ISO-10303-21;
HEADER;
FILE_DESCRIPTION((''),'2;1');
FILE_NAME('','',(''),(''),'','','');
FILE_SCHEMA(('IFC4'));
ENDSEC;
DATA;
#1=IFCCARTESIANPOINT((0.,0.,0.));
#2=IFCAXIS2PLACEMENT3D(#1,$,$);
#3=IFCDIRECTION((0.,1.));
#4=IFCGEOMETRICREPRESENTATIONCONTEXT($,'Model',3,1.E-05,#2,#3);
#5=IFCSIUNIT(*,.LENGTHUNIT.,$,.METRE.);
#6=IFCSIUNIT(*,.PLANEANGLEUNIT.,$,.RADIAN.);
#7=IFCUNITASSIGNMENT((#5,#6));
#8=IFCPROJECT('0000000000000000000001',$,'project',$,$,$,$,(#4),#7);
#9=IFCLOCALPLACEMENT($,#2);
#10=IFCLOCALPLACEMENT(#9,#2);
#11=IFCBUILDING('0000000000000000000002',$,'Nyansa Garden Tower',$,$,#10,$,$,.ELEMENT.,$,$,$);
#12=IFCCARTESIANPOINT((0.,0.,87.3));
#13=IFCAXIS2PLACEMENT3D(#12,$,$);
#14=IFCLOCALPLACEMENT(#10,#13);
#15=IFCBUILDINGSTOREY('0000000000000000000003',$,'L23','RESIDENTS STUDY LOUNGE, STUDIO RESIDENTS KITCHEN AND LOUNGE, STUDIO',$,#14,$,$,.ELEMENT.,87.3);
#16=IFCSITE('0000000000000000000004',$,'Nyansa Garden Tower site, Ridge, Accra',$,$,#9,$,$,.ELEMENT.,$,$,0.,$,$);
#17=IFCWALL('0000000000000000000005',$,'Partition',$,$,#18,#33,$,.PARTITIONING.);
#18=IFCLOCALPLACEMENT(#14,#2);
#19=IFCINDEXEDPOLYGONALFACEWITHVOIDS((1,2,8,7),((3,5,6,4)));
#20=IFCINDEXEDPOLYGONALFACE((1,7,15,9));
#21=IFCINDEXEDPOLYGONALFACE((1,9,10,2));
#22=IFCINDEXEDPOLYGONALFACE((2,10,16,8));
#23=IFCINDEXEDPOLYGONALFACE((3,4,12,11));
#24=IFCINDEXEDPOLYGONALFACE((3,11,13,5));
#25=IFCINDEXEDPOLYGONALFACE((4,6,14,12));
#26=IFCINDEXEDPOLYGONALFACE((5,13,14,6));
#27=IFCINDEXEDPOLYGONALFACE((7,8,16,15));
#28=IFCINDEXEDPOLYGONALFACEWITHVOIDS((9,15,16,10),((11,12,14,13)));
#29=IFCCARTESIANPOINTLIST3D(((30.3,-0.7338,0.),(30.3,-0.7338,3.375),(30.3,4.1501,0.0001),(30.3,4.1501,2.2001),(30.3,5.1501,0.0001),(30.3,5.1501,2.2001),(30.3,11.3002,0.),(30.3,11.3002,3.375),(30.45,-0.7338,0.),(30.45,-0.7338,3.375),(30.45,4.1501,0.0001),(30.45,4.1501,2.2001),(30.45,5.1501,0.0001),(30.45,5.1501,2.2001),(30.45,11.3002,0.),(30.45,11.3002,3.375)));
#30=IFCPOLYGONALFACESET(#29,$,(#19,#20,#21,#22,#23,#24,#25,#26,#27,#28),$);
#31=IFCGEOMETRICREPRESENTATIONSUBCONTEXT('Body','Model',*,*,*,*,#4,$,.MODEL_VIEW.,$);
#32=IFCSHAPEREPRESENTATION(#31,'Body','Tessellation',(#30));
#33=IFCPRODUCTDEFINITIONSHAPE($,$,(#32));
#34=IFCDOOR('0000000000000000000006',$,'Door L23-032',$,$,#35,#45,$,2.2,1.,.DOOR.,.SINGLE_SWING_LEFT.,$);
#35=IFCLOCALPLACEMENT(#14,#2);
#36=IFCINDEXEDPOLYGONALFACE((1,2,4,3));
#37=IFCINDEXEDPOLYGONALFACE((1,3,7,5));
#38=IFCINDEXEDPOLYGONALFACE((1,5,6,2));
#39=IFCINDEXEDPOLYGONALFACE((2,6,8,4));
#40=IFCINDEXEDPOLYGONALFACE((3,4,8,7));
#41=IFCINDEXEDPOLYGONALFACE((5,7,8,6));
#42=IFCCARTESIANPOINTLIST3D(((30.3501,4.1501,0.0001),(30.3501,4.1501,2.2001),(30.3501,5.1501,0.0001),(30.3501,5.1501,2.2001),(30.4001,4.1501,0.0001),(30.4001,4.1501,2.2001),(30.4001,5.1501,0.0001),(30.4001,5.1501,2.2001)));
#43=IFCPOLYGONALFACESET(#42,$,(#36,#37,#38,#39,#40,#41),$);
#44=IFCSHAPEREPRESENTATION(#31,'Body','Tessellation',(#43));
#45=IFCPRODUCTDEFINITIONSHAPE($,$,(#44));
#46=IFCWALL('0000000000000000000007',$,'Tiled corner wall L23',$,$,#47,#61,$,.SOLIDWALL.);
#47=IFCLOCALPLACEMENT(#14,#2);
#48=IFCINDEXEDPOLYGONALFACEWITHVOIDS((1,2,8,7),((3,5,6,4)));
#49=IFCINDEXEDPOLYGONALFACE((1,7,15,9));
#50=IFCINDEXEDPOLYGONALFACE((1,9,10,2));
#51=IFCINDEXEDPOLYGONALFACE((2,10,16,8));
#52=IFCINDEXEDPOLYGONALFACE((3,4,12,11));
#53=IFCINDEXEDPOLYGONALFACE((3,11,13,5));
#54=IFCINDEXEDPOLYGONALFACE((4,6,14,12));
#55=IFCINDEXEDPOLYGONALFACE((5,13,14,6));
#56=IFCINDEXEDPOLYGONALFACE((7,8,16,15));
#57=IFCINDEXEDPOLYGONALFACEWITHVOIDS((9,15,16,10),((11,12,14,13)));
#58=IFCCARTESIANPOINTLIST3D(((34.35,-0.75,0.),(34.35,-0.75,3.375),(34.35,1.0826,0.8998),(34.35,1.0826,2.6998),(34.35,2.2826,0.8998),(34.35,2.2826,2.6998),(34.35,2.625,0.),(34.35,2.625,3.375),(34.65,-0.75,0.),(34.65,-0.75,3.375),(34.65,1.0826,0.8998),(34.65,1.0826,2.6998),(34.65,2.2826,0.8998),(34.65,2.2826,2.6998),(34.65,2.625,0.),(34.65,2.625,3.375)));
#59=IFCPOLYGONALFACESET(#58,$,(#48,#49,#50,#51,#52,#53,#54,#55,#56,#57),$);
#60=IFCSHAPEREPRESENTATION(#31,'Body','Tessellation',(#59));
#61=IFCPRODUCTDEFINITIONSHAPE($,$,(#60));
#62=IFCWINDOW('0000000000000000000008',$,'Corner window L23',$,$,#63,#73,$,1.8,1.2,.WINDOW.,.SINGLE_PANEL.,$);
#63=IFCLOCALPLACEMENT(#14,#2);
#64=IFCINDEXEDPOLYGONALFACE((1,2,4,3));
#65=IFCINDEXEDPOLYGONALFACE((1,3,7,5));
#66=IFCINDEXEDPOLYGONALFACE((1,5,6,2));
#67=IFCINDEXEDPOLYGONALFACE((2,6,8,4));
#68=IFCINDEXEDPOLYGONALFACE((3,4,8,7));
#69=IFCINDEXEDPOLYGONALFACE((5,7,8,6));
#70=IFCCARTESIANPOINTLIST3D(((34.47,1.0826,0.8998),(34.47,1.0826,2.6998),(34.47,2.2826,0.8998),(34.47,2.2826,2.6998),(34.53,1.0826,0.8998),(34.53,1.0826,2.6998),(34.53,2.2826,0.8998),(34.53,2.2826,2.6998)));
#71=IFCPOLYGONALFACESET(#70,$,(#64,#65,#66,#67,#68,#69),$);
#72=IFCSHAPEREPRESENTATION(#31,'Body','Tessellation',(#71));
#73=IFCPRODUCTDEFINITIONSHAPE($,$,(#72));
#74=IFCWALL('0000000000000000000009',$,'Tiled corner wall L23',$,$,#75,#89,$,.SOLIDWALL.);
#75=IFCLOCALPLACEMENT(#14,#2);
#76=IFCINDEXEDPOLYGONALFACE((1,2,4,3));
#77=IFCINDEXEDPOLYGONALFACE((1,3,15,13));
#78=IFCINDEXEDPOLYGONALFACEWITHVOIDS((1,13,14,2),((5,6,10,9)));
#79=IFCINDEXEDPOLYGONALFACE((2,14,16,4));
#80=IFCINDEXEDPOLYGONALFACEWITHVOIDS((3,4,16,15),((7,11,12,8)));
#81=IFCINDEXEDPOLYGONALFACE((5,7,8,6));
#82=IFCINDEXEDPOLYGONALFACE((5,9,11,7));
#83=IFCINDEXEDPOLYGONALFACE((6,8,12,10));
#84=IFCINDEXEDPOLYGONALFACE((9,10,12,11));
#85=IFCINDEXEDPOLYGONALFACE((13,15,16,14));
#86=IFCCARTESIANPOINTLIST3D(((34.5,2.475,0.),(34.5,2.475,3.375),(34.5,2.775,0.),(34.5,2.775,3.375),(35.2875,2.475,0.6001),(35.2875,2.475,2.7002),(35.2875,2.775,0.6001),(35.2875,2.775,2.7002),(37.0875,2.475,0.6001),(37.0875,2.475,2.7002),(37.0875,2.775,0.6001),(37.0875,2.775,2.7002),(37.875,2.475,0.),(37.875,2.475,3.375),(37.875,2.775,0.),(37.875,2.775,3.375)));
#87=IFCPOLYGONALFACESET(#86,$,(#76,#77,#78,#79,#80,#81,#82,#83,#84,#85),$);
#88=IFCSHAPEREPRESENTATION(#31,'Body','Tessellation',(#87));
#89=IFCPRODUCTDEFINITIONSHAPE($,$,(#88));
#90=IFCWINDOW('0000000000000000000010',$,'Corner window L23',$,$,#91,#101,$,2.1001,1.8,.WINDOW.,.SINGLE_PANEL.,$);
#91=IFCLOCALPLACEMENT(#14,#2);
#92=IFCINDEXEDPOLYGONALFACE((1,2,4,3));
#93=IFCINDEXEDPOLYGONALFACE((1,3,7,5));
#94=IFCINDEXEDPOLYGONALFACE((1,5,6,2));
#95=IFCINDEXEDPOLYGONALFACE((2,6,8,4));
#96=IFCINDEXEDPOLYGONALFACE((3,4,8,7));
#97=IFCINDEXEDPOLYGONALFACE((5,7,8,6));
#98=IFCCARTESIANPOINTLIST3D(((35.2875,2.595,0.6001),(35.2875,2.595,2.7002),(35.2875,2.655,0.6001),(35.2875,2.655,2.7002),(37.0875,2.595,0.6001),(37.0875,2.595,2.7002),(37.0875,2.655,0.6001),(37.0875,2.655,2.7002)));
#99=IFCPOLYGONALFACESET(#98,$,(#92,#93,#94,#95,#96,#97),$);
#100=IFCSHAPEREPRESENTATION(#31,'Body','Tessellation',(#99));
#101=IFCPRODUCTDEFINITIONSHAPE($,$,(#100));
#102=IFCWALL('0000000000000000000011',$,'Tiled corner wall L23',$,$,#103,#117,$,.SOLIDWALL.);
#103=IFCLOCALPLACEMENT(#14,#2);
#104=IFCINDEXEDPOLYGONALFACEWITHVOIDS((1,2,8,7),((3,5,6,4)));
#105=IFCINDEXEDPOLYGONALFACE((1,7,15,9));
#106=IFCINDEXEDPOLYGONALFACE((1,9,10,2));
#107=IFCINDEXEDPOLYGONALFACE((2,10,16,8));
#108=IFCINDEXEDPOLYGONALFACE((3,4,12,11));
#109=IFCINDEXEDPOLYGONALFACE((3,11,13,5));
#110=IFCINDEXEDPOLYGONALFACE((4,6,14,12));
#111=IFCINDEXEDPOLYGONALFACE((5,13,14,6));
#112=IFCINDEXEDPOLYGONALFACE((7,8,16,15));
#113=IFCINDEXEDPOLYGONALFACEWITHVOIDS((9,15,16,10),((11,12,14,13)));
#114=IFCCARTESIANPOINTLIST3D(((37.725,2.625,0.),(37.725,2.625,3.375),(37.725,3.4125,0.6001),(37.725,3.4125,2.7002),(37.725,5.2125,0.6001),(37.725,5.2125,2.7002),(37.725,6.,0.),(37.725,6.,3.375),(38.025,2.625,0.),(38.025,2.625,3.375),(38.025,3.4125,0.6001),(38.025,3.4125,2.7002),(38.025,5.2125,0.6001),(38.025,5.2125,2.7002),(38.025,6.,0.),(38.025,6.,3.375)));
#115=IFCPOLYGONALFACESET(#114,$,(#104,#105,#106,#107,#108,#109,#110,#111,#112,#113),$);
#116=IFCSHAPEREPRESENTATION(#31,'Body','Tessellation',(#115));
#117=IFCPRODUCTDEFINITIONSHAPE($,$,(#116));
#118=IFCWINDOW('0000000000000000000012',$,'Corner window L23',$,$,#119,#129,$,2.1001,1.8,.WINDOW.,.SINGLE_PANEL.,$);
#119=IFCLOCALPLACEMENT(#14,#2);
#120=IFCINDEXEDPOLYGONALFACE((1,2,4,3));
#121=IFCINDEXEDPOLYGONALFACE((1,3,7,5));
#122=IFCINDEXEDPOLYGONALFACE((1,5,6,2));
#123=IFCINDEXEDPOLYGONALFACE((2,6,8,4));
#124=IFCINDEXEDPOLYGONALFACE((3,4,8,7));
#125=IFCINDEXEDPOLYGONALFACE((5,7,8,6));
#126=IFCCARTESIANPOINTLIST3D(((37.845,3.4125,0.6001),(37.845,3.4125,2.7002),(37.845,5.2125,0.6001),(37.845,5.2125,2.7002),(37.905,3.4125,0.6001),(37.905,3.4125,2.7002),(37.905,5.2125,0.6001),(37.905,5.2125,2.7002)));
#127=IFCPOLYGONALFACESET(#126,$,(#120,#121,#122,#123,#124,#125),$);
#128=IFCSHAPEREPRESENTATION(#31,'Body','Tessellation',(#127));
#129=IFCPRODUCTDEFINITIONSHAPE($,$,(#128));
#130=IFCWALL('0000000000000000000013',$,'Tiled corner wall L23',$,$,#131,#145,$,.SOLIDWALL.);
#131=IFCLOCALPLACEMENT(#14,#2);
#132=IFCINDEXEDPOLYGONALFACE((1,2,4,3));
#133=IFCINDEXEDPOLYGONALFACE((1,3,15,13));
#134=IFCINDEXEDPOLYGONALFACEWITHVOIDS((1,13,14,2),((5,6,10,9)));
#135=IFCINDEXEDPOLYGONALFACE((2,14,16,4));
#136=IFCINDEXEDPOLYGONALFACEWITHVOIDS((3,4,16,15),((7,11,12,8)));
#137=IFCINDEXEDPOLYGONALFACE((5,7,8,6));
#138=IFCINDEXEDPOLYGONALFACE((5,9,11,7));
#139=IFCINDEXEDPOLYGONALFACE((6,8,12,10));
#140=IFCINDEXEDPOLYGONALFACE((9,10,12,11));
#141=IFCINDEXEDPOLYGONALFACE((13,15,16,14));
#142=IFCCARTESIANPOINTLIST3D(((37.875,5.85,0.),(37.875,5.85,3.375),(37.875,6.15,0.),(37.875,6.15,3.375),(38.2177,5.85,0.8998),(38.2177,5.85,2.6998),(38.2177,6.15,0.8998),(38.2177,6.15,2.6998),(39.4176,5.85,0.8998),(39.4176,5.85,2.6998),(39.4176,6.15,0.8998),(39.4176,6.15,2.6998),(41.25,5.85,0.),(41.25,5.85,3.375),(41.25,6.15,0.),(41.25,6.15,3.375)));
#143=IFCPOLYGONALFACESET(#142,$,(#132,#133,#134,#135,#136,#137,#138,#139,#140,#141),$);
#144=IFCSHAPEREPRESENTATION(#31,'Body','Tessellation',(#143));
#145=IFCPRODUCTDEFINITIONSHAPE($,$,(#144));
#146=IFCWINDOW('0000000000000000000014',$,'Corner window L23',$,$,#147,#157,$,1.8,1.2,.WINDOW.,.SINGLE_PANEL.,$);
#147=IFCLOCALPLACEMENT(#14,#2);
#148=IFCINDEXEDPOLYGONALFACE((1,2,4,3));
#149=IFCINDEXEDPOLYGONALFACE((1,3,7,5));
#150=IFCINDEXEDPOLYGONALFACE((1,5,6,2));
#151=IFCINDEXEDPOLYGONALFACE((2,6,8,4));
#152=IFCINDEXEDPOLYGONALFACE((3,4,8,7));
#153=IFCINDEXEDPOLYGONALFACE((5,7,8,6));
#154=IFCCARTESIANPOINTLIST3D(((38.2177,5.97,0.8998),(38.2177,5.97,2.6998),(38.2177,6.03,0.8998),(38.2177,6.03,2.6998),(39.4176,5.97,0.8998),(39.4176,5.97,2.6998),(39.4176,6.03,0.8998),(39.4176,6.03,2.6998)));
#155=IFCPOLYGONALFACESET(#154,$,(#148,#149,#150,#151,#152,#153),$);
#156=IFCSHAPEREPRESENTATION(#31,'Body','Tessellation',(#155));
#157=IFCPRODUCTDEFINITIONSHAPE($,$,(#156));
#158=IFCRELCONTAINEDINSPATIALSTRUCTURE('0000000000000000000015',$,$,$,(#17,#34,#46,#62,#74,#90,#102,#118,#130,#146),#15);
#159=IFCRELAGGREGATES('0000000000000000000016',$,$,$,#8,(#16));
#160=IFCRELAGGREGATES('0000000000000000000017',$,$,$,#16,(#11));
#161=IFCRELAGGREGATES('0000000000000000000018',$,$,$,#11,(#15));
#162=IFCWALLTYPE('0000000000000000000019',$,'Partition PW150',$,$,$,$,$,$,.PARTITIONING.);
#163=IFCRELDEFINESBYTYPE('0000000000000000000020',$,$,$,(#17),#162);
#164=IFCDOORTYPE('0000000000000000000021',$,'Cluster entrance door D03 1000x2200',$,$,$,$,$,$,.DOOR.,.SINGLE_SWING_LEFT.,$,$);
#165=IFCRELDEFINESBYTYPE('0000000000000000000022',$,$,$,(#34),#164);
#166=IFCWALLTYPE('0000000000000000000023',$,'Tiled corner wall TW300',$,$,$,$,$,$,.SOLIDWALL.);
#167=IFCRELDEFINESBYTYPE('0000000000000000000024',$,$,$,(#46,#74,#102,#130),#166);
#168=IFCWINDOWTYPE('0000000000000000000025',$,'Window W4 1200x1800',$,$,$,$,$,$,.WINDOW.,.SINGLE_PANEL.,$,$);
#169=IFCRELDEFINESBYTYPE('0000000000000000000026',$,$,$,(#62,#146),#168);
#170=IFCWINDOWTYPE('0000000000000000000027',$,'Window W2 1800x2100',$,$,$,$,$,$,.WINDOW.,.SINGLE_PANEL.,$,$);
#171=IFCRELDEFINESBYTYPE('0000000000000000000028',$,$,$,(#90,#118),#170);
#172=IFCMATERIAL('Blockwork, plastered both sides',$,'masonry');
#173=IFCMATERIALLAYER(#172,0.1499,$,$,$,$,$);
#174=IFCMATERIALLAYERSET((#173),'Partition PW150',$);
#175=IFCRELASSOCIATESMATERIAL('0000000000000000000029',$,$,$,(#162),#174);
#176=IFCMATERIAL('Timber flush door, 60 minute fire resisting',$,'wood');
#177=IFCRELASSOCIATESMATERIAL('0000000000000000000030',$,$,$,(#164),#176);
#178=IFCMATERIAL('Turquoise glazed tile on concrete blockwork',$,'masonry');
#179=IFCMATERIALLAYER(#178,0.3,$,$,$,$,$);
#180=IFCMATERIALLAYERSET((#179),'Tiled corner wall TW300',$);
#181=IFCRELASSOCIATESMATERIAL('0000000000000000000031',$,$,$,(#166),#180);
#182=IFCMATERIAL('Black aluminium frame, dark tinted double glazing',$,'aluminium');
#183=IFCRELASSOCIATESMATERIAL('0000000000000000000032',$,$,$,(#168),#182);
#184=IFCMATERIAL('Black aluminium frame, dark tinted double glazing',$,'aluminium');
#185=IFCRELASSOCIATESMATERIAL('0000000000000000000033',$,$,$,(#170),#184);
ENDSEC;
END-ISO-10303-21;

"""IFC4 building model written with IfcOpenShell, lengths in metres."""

from ifc_helpers import new_model, si_unit, direction, frame, frame_2d, origin, place, context, subcontext, project, spatial, rectangle, extrude, material, layer, layer_set, type_object, element, fill, save


model = new_model("IFC4")

# Units and contexts
model_context = context("Model", 3, precision=1e-05, world=origin(), true_north=direction((0.0, 1.0)))
body_context = subcontext(model_context, "Body", "Model", "MODEL_VIEW")
ifc_project = project(units=[si_unit("LENGTHUNIT", "METRE"), si_unit("PLANEANGLEUNIT", "RADIAN")], contexts=[model_context])

# Site, building, storey
site_placement = place(None, origin())
site = spatial("IfcSite", under=ifc_project, at=site_placement, Name="Nyansa Garden Tower site, Ridge, Accra", CompositionType="ELEMENT", RefElevation=0.0)
building_placement = place(site_placement, origin())
building = spatial("IfcBuilding", under=site, at=building_placement, Name="Nyansa Garden Tower", CompositionType="ELEMENT")
storey_placement = place(building_placement, frame((0.0, 0.0, 87.3)))
storey = spatial("IfcBuildingStorey", under=building, at=storey_placement, Name="L23", Description="RESIDENTS STUDY LOUNGE, STUDIO RESIDENTS KITCHEN AND LOUNGE, STUDIO", CompositionType="ELEMENT", Elevation=87.3)

# Shared definitions
ifc_material_1 = material(Name="Blockwork, plastered both sides", Category="masonry")
ifc_layer_1 = layer(ifc_material_1, 0.1499)
ifc_layer_set_1 = layer_set([ifc_layer_1], Name="Partition PW150")
wall_type_1 = type_object("IfcWallType", Name="Partition PW150", PredefinedType="PARTITIONING", material=ifc_layer_set_1)

# Wall, opening, door
wall_1_placement = place(storey_placement, frame((30.375, -0.7339, 0.0), z_axis=(0.0, 0.0, 1.0), x_axis=(0.0, 1.0, 0.0)))
wall_1 = element("IfcWall", 1, at=wall_1_placement, inside=storey, type_object=wall_type_1, Name="Partition", PredefinedType="PARTITIONING", context=body_context, shape_type="SweptSolid", body=[
    extrude(rectangle(XDim=12.0339, YDim=0.1499, at=frame_2d((6.0171, 0.0))), origin(), (0.0, 0.0, 1.0), 3.375),
])
opening_1_placement = place(wall_1_placement, frame((4.884, 0.0, 0.0)))
opening_1 = element("IfcOpeningElement", 2, at=opening_1_placement, cuts=wall_1, PredefinedType="OPENING", context=body_context, shape_type="SweptSolid", body=[
    extrude(rectangle(XDim=1.0, YDim=2.2, at=frame_2d((0.5, 1.1001))), frame((0.0, 0.085, 0.0), z_axis=(0.0, -1.0, 0.0), x_axis=(1.0, 0.0, 0.0)), (0.0, 0.0, 1.0), 0.1699),
])
ifc_material_2 = material(Name="Timber flush door, 60 minute fire resisting", Category="wood")
door_type_1 = type_object("IfcDoorType", Name="Cluster entrance door D03 1000x2200", OperationType="SINGLE_SWING_LEFT", PredefinedType="DOOR", material=ifc_material_2)
door_1_placement = place(opening_1_placement, origin())
door_1 = element("IfcDoor", 3, at=door_1_placement, inside=storey, type_object=door_type_1, Name="Door L23-032", OperationType="SINGLE_SWING_LEFT", OverallHeight=2.2, OverallWidth=1.0, PredefinedType="DOOR", context=body_context, shape_type="SweptSolid", body=[
    extrude(rectangle(XDim=1.0, YDim=2.2, at=frame_2d((0.5, 1.1001))), frame((0.0, 0.0249, 0.0), z_axis=(0.0, -1.0, 0.0), x_axis=(1.0, 0.0, 0.0)), (0.0, 0.0, 1.0), 0.05),
])
fill(opening_1, door_1)

# Walls, openings, windows
ifc_material_3 = material(Name="Turquoise glazed tile on concrete blockwork", Category="masonry")
ifc_layer_2 = layer(ifc_material_3, 0.3)
ifc_layer_set_2 = layer_set([ifc_layer_2], Name="Tiled corner wall TW300")
wall_type_2 = type_object("IfcWallType", Name="Tiled corner wall TW300", PredefinedType="SOLIDWALL", material=ifc_layer_set_2)
wall_2_placement = place(storey_placement, frame((34.5, -0.75, 0.0), z_axis=(0.0, 0.0, 1.0), x_axis=(0.0, 1.0, 0.0)))
wall_2 = element("IfcWall", 4, at=wall_2_placement, inside=storey, type_object=wall_type_2, Name="Tiled corner wall L23", PredefinedType="SOLIDWALL", context=body_context, shape_type="SweptSolid", body=[
    extrude(rectangle(XDim=3.375, YDim=0.3, at=frame_2d((1.6875, 0.0))), origin(), (0.0, 0.0, 1.0), 3.375),
])
opening_2_placement = place(wall_2_placement, frame((1.8325, 0.0, 0.8999)))
opening_2 = element("IfcOpeningElement", 5, at=opening_2_placement, cuts=wall_2, PredefinedType="OPENING", context=body_context, shape_type="SweptSolid", body=[
    extrude(rectangle(XDim=1.2, YDim=1.8, at=frame_2d((0.6001, 0.8999))), frame((0.0, 0.1599, 0.0), z_axis=(0.0, -1.0, 0.0), x_axis=(1.0, 0.0, 0.0)), (0.0, 0.0, 1.0), 0.3201),
])
ifc_material_4 = material(Name="Black aluminium frame, dark tinted double glazing", Category="aluminium")
window_type_1 = type_object("IfcWindowType", Name="Window W4 1200x1800", PartitioningType="SINGLE_PANEL", PredefinedType="WINDOW", material=ifc_material_4)
window_1_placement = place(opening_2_placement, origin())
window_1 = element("IfcWindow", 6, at=window_1_placement, inside=storey, type_object=window_type_1, Name="Corner window L23", OverallHeight=1.8, OverallWidth=1.2, PartitioningType="SINGLE_PANEL", PredefinedType="WINDOW", context=body_context, shape_type="SweptSolid", body=[
    extrude(rectangle(XDim=1.2, YDim=1.8, at=frame_2d((0.6001, 0.8999))), frame((0.0, 0.03, 0.0), z_axis=(0.0, -1.0, 0.0), x_axis=(1.0, 0.0, 0.0)), (0.0, 0.0, 1.0), 0.0601),
])
fill(opening_2, window_1)
wall_3_placement = place(storey_placement, frame((34.5, 2.625, 0.0), z_axis=(0.0, 0.0, 1.0), x_axis=(1.0, 0.0, 0.0)))
wall_3 = element("IfcWall", 7, at=wall_3_placement, inside=storey, type_object=wall_type_2, Name="Tiled corner wall L23", PredefinedType="SOLIDWALL", context=body_context, shape_type="SweptSolid", body=[
    extrude(rectangle(XDim=3.375, YDim=0.3, at=frame_2d((1.6875, 0.0))), origin(), (0.0, 0.0, 1.0), 3.375),
])
opening_3_placement = place(wall_3_placement, frame((0.7876, 0.0, 0.6001)))
opening_3 = element("IfcOpeningElement", 8, at=opening_3_placement, cuts=wall_3, PredefinedType="OPENING", context=body_context, shape_type="SweptSolid", body=[
    extrude(rectangle(XDim=1.8, YDim=2.1001, at=frame_2d((0.8999, 1.05))), frame((0.0, 0.1599, 0.0), z_axis=(0.0, -1.0, 0.0), x_axis=(1.0, 0.0, 0.0)), (0.0, 0.0, 1.0), 0.3201),
])
ifc_material_5 = material(Name="Black aluminium frame, dark tinted double glazing", Category="aluminium")
window_type_2 = type_object("IfcWindowType", Name="Window W2 1800x2100", PartitioningType="SINGLE_PANEL", PredefinedType="WINDOW", material=ifc_material_5)
window_2_placement = place(opening_3_placement, origin())
window_2 = element("IfcWindow", 9, at=window_2_placement, inside=storey, type_object=window_type_2, Name="Corner window L23", OverallHeight=2.1001, OverallWidth=1.8, PartitioningType="SINGLE_PANEL", PredefinedType="WINDOW", context=body_context, shape_type="SweptSolid", body=[
    extrude(rectangle(XDim=1.8, YDim=2.1001, at=frame_2d((0.8999, 1.05))), frame((0.0, 0.03, 0.0), z_axis=(0.0, -1.0, 0.0), x_axis=(1.0, 0.0, 0.0)), (0.0, 0.0, 1.0), 0.0601),
])
fill(opening_3, window_2)
wall_4_placement = place(storey_placement, frame((37.875, 2.625, 0.0), z_axis=(0.0, 0.0, 1.0), x_axis=(0.0, 1.0, 0.0)))
wall_4 = element("IfcWall", 10, at=wall_4_placement, inside=storey, type_object=wall_type_2, Name="Tiled corner wall L23", PredefinedType="SOLIDWALL", context=body_context, shape_type="SweptSolid", body=[
    extrude(rectangle(XDim=3.375, YDim=0.3, at=frame_2d((1.6875, 0.0))), origin(), (0.0, 0.0, 1.0), 3.375),
])
opening_4_placement = place(wall_4_placement, frame((0.7876, 0.0, 0.6001)))
opening_4 = element("IfcOpeningElement", 11, at=opening_4_placement, cuts=wall_4, PredefinedType="OPENING", context=body_context, shape_type="SweptSolid", body=[
    extrude(rectangle(XDim=1.8, YDim=2.1001, at=frame_2d((0.8999, 1.05))), frame((0.0, 0.1599, 0.0), z_axis=(0.0, -1.0, 0.0), x_axis=(1.0, 0.0, 0.0)), (0.0, 0.0, 1.0), 0.3201),
])
window_3_placement = place(opening_4_placement, origin())
window_3 = element("IfcWindow", 12, at=window_3_placement, inside=storey, type_object=window_type_2, Name="Corner window L23", OverallHeight=2.1001, OverallWidth=1.8, PartitioningType="SINGLE_PANEL", PredefinedType="WINDOW", context=body_context, shape_type="SweptSolid", body=[
    extrude(rectangle(XDim=1.8, YDim=2.1001, at=frame_2d((0.8999, 1.05))), frame((0.0, 0.03, 0.0), z_axis=(0.0, -1.0, 0.0), x_axis=(1.0, 0.0, 0.0)), (0.0, 0.0, 1.0), 0.0601),
])
fill(opening_4, window_3)
wall_5_placement = place(storey_placement, frame((37.875, 6.0, 0.0), z_axis=(0.0, 0.0, 1.0), x_axis=(1.0, 0.0, 0.0)))
wall_5 = element("IfcWall", 13, at=wall_5_placement, inside=storey, type_object=wall_type_2, Name="Tiled corner wall L23", PredefinedType="SOLIDWALL", context=body_context, shape_type="SweptSolid", body=[
    extrude(rectangle(XDim=3.375, YDim=0.3, at=frame_2d((1.6875, 0.0))), origin(), (0.0, 0.0, 1.0), 3.375),
])
opening_5_placement = place(wall_5_placement, frame((0.3425, 0.0, 0.8999)))
opening_5 = element("IfcOpeningElement", 14, at=opening_5_placement, cuts=wall_5, PredefinedType="OPENING", context=body_context, shape_type="SweptSolid", body=[
    extrude(rectangle(XDim=1.2, YDim=1.8, at=frame_2d((0.6001, 0.8999))), frame((0.0, 0.1599, 0.0), z_axis=(0.0, -1.0, 0.0), x_axis=(1.0, 0.0, 0.0)), (0.0, 0.0, 1.0), 0.3201),
])
window_4_placement = place(opening_5_placement, origin())
window_4 = element("IfcWindow", 15, at=window_4_placement, inside=storey, type_object=window_type_1, Name="Corner window L23", OverallHeight=1.8, OverallWidth=1.2, PartitioningType="SINGLE_PANEL", PredefinedType="WINDOW", context=body_context, shape_type="SweptSolid", body=[
    extrude(rectangle(XDim=1.2, YDim=1.8, at=frame_2d((0.6001, 0.8999))), frame((0.0, 0.03, 0.0), z_axis=(0.0, -1.0, 0.0), x_axis=(1.0, 0.0, 0.0)), (0.0, 0.0, 1.0), 0.0601),
])
fill(opening_5, window_4)

save(model, "model.ifc")
